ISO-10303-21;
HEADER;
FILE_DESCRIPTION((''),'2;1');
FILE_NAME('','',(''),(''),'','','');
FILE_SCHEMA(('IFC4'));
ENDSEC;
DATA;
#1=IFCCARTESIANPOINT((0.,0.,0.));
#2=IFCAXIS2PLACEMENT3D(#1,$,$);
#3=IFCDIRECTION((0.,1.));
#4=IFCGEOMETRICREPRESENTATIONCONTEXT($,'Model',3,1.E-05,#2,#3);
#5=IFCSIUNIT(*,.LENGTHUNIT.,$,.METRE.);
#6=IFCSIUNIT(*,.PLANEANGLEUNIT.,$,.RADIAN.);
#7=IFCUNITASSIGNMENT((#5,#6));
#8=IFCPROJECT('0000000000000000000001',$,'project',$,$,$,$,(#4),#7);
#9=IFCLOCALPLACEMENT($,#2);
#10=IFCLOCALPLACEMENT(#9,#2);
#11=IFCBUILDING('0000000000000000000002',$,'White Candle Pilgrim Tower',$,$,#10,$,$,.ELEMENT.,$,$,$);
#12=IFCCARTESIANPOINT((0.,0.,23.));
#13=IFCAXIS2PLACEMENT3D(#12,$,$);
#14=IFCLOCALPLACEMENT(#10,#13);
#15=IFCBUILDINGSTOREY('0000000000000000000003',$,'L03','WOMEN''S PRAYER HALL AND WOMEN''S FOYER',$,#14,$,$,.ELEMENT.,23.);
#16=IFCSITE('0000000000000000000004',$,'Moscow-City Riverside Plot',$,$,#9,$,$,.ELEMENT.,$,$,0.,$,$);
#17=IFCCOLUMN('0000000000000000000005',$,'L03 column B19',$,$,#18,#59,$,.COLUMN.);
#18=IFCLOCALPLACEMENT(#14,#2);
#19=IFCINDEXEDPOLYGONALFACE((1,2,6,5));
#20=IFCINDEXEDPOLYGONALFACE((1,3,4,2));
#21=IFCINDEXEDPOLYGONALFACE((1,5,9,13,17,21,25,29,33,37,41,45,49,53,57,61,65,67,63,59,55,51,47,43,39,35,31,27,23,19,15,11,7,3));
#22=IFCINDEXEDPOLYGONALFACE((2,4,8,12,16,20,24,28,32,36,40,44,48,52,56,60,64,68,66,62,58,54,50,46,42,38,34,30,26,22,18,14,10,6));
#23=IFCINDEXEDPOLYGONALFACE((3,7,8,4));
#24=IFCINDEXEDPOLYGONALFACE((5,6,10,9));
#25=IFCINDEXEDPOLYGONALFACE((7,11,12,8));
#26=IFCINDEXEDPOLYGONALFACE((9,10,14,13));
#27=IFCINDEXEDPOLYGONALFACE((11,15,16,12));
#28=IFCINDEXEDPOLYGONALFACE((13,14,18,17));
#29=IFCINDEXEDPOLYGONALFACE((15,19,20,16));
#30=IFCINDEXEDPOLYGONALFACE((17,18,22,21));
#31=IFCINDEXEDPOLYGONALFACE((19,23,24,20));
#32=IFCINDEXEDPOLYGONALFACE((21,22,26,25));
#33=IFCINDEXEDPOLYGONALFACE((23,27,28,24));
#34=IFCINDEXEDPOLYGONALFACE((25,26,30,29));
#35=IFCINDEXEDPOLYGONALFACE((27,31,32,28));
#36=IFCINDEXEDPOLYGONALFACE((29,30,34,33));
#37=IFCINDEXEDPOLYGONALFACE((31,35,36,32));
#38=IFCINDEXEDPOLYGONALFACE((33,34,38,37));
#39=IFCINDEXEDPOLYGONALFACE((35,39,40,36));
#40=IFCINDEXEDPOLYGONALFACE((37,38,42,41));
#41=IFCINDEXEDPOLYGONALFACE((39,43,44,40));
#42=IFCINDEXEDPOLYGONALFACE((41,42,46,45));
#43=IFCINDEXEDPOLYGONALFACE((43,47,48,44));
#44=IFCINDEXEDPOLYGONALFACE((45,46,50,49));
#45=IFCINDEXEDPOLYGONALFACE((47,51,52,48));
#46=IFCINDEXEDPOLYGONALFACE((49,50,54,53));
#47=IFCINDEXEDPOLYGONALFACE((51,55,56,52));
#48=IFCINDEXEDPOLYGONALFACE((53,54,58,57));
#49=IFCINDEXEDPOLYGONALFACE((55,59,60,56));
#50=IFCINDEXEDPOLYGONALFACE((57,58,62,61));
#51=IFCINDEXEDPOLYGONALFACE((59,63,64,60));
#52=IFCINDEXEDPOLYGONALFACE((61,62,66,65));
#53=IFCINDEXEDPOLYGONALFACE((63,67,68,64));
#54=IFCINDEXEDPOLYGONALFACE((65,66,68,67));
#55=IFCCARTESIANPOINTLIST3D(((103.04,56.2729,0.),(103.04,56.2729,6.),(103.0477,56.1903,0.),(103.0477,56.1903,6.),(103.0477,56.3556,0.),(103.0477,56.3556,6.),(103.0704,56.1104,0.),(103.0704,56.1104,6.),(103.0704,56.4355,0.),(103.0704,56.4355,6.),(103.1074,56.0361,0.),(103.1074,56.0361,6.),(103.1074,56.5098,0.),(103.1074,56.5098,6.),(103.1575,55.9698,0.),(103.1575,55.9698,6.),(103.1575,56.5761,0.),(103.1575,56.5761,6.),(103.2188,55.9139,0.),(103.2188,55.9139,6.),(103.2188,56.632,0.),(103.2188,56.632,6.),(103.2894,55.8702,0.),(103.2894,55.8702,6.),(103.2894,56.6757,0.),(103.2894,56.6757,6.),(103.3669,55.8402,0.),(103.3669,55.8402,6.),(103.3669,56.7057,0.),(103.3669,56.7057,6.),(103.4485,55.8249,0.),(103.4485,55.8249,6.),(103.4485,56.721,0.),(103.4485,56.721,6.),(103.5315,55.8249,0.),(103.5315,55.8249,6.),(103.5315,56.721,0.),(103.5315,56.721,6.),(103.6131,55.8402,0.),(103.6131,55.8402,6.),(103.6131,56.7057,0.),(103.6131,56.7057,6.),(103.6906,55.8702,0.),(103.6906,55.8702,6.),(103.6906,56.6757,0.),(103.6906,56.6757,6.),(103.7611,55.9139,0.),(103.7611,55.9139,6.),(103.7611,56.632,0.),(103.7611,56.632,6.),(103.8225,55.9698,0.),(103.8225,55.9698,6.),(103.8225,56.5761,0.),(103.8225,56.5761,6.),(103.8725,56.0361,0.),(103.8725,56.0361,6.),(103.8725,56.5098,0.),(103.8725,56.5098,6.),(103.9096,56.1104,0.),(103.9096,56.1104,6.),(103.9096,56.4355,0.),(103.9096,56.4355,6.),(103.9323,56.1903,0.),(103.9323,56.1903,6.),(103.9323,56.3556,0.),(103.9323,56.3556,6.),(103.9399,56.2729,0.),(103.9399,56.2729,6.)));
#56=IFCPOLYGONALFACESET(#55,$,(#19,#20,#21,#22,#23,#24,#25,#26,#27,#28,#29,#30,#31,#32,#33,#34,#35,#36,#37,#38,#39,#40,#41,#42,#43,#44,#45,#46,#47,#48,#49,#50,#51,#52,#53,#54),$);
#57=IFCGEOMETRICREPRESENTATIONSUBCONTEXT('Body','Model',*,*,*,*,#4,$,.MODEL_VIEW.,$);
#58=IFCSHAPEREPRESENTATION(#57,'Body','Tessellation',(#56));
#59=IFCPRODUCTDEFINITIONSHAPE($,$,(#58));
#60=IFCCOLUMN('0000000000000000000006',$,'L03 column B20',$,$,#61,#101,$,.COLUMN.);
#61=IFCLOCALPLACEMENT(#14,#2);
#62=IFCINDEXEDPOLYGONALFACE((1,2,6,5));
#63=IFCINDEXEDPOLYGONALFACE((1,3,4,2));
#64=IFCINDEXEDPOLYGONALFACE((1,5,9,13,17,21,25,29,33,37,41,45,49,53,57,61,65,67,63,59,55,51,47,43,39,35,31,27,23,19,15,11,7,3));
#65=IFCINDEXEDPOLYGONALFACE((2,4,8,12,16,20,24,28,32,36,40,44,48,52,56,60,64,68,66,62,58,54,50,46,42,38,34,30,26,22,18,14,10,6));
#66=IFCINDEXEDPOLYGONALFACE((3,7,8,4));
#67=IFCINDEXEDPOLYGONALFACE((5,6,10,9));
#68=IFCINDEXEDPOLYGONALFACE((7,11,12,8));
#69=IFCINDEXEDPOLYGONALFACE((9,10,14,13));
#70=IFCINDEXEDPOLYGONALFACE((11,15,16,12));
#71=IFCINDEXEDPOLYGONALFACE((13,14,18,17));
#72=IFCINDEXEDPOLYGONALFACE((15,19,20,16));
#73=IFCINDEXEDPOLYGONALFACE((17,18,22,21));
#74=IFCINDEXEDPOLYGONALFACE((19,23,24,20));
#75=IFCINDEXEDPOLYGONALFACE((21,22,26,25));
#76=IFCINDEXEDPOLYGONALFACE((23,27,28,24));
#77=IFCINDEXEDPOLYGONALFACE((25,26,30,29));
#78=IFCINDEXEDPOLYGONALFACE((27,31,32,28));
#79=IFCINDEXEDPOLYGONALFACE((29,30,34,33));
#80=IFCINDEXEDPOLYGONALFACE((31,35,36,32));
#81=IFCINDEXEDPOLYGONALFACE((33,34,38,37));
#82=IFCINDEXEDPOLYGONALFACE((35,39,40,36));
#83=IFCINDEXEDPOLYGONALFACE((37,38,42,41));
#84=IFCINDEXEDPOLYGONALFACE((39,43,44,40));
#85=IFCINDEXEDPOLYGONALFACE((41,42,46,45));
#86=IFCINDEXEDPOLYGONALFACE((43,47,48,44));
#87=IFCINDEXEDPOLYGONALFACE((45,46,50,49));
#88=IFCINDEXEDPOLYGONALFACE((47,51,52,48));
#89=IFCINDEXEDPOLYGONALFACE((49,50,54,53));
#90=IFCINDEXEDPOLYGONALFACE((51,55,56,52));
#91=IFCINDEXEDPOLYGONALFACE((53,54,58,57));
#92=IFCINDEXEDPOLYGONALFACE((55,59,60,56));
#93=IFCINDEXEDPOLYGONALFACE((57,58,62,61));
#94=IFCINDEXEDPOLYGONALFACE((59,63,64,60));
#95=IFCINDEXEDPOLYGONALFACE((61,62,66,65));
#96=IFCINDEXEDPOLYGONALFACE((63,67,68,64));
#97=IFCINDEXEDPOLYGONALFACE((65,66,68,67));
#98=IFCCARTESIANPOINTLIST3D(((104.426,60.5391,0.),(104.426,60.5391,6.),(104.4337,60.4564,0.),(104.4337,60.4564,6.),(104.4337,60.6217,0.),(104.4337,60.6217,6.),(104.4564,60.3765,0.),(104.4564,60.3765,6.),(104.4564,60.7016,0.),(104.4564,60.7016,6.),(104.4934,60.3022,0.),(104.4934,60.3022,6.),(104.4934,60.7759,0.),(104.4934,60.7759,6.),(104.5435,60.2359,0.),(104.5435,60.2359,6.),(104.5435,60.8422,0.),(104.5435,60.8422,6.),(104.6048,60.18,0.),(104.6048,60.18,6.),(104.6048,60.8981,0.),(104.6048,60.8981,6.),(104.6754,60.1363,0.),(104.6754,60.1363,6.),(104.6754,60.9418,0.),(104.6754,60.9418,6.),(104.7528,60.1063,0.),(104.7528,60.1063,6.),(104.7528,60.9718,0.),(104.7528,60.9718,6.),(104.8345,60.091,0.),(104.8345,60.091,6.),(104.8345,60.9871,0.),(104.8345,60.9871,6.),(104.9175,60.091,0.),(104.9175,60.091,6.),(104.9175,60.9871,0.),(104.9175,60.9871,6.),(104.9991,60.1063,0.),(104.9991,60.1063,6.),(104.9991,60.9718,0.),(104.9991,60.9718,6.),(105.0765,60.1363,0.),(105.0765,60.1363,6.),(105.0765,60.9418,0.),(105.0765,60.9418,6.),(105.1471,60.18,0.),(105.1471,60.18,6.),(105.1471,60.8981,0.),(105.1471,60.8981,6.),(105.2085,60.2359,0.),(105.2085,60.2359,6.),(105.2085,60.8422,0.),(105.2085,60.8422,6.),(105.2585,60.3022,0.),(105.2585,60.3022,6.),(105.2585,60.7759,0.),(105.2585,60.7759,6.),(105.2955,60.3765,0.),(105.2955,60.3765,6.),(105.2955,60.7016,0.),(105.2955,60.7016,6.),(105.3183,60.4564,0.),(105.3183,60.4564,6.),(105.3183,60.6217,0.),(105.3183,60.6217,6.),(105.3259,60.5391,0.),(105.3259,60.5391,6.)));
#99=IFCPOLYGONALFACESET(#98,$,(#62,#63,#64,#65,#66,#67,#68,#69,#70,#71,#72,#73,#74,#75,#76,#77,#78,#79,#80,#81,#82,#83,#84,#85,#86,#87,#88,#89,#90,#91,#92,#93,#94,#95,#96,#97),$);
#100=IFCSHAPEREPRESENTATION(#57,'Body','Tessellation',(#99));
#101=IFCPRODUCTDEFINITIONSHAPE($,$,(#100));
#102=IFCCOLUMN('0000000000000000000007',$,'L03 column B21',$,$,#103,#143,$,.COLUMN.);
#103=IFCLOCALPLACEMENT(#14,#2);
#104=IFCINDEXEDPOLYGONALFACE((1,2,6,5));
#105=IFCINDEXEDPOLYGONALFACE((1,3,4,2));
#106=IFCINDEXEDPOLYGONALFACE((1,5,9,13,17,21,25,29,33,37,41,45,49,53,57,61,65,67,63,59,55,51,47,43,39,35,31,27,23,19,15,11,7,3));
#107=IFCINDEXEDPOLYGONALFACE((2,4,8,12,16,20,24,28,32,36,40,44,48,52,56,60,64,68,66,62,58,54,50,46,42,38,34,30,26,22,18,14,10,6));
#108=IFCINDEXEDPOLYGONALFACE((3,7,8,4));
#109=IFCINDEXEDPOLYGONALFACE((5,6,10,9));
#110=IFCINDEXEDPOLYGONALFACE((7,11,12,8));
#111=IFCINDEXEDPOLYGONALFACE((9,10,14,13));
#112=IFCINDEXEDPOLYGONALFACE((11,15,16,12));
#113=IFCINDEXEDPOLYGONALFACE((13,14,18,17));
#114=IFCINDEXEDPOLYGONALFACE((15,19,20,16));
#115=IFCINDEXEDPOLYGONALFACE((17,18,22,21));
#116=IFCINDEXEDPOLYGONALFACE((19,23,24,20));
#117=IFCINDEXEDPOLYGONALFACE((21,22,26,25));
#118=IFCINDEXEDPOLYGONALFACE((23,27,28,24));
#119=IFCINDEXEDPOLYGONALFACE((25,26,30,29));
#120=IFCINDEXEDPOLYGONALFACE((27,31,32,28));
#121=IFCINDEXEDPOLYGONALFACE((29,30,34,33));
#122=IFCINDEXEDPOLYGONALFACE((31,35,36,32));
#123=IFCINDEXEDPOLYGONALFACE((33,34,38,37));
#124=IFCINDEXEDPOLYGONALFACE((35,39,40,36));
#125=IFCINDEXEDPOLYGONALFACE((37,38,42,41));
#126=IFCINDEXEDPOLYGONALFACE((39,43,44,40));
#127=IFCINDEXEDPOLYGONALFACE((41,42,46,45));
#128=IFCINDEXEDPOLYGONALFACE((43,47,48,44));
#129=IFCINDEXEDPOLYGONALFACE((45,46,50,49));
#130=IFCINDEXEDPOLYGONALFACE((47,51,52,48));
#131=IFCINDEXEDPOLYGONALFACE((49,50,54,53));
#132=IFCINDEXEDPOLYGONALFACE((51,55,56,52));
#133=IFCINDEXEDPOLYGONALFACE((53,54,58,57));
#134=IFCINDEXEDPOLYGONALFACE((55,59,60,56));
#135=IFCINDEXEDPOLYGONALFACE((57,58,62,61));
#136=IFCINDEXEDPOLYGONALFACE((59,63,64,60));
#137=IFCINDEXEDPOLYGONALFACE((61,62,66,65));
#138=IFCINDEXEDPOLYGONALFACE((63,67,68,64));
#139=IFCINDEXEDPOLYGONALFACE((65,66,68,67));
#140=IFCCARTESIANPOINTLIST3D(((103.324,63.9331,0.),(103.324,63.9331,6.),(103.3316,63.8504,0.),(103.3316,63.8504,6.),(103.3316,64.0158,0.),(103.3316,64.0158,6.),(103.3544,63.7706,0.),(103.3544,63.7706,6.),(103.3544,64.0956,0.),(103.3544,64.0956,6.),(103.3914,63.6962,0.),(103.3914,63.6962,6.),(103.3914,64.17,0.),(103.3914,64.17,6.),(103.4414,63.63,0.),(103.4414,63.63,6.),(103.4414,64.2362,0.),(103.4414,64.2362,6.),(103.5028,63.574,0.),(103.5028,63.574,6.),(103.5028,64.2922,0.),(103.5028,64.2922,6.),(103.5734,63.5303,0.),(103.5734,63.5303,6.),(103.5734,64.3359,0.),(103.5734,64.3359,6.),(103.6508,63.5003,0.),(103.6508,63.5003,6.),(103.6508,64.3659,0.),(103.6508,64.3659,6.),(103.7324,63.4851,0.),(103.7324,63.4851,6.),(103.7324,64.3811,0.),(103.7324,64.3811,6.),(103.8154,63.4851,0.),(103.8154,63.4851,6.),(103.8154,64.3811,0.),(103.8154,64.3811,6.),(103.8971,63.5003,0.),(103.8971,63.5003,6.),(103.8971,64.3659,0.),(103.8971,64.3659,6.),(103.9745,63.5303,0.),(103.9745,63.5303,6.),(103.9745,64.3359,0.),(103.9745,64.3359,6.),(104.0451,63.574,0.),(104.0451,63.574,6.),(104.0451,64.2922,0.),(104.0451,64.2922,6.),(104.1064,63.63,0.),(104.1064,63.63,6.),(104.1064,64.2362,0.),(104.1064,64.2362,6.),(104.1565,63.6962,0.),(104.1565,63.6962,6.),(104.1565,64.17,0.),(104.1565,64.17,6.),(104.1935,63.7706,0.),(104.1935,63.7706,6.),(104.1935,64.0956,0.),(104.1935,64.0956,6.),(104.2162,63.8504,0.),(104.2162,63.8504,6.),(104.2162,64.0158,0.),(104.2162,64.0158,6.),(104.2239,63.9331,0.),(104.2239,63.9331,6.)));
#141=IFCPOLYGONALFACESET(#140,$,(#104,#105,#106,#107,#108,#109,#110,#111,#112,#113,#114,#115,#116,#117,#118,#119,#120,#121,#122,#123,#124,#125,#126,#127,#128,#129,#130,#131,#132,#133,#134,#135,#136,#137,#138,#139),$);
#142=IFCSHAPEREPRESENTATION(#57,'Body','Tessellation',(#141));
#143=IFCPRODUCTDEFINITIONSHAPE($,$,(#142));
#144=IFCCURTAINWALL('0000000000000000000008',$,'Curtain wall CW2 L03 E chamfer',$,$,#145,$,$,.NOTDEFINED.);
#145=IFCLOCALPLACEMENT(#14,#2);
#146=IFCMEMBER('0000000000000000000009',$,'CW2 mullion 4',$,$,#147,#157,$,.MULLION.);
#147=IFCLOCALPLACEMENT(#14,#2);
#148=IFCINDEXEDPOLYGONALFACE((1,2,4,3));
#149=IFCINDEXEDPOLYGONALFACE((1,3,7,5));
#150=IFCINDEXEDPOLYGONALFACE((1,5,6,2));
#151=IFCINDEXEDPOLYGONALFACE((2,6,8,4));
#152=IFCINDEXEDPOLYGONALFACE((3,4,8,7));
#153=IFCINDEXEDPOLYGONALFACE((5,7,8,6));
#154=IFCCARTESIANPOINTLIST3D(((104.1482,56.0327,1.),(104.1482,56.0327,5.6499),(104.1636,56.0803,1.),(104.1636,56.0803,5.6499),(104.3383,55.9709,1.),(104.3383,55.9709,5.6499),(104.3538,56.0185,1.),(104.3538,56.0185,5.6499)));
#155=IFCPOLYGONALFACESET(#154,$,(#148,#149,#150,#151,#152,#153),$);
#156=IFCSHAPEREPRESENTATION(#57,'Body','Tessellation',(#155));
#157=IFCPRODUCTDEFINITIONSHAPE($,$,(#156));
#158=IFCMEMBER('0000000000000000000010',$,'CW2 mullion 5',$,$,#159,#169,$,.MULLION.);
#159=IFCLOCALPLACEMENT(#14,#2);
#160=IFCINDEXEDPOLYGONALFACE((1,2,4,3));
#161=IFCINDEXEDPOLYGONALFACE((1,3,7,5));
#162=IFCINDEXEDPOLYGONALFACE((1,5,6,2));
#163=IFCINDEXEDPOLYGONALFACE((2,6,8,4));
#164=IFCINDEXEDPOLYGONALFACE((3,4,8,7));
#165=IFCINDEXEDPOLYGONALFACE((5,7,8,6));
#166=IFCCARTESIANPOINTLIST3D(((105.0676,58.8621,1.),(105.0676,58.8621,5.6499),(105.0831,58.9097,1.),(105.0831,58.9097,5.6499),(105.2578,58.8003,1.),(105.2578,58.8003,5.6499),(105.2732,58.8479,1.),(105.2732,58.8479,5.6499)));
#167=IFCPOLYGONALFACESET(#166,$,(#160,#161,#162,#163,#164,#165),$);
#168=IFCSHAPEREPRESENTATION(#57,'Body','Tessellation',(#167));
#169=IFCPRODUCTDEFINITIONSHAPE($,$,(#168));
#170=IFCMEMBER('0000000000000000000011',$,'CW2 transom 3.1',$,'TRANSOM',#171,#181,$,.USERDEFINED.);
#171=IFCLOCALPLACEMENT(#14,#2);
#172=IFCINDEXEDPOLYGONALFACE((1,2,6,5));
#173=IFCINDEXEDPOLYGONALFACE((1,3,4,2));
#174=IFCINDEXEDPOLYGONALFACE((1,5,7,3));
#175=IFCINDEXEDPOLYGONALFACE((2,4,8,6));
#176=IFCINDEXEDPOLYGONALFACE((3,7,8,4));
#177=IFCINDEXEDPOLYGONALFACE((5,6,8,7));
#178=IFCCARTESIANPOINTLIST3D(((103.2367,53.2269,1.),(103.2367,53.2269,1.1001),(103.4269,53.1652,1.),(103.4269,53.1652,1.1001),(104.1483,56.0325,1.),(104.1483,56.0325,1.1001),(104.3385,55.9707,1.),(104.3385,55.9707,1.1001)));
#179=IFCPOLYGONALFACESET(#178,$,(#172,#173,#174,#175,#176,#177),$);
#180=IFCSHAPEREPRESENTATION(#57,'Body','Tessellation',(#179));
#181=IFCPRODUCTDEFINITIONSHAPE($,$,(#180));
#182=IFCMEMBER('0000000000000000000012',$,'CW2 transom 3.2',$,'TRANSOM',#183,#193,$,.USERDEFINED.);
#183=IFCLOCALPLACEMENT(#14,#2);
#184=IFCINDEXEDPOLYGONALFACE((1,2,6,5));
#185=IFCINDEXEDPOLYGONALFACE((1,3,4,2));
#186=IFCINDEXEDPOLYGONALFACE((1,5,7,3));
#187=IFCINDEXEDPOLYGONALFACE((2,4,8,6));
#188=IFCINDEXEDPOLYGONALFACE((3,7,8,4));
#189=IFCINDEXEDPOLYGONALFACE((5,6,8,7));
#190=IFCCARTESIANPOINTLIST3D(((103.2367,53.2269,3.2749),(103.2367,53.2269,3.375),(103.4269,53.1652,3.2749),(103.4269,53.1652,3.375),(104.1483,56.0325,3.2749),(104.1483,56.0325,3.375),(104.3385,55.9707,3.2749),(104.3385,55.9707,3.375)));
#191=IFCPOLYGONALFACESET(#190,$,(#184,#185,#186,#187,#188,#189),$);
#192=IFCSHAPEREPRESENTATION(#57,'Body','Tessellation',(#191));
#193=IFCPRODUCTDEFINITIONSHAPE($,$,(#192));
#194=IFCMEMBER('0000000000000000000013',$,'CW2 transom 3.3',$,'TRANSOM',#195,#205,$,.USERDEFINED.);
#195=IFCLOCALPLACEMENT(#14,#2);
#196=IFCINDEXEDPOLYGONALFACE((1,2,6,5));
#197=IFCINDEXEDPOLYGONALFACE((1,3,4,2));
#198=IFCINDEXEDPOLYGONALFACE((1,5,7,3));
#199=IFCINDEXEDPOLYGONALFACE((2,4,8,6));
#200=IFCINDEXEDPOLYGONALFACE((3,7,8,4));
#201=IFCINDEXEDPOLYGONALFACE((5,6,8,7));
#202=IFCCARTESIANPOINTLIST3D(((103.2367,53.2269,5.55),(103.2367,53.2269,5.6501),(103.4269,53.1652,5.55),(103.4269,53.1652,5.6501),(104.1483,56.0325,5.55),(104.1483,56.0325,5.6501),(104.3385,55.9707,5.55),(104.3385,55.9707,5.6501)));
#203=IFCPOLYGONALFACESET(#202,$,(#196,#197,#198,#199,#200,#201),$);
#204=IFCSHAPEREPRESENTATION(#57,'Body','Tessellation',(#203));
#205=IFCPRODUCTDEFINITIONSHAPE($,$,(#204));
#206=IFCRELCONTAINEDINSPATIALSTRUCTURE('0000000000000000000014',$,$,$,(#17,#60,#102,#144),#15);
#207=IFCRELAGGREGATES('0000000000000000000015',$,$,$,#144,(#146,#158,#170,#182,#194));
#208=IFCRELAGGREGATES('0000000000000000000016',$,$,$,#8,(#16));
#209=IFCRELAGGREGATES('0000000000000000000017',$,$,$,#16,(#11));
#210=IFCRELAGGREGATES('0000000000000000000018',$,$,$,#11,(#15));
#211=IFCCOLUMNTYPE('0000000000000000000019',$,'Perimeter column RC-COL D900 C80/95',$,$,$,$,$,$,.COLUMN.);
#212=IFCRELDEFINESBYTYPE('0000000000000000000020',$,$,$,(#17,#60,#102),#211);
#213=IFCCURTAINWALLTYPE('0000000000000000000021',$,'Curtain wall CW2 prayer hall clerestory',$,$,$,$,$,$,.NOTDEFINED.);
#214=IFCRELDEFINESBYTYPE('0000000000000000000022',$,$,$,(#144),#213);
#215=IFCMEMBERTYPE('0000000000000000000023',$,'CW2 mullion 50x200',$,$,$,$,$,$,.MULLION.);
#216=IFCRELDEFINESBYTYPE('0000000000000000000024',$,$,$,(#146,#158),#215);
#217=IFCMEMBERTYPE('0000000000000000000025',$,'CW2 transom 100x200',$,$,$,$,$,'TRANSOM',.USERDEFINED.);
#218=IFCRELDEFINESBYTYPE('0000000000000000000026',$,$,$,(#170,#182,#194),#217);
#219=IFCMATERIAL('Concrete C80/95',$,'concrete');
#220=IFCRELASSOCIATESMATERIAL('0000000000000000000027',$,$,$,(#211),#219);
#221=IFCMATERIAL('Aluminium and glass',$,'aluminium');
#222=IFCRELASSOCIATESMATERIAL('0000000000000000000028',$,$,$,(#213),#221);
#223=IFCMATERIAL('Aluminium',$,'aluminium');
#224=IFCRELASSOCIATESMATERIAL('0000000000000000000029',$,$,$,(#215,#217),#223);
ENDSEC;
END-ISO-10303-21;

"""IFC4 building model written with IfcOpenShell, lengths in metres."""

from ifc_helpers import new_model, si_unit, direction, frame, origin, origin_2d, place, context, subcontext, project, spatial, rectangle, circle, extrude, material, material_profile, profile_set, type_object, element, aggregate, save


model = new_model("IFC4")

# Units and contexts
model_context = context("Model", 3, precision=1e-05, world=origin(), true_north=direction((0.0, 1.0)))
body_context = subcontext(model_context, "Body", "Model", "MODEL_VIEW")
ifc_project = project(units=[si_unit("LENGTHUNIT", "METRE"), si_unit("PLANEANGLEUNIT", "RADIAN")], contexts=[model_context])

# Site, building, storey
site_placement = place(None, origin())
site = spatial("IfcSite", under=ifc_project, at=site_placement, Name="Moscow-City Riverside Plot", CompositionType="ELEMENT", RefElevation=0.0)
building_placement = place(site_placement, origin())
building = spatial("IfcBuilding", under=site, at=building_placement, Name="White Candle Pilgrim Tower", CompositionType="ELEMENT")
storey_placement = place(building_placement, frame((0.0, 0.0, 23.0)))
storey = spatial("IfcBuildingStorey", under=building, at=storey_placement, Name="L03", Description="WOMEN'S PRAYER HALL AND WOMEN'S FOYER", CompositionType="ELEMENT", Elevation=23.0)

# Columns
ifc_material_1 = material(Name="Concrete C80/95", Category="concrete")
ifc_material_profile_1 = material_profile(ifc_material_1, circle(Radius=0.45, at=origin_2d()), Name="RC-COL D900")
ifc_profile_set_1 = profile_set([ifc_material_profile_1], Name="Concrete C80/95")
column_type = type_object("IfcColumnType", Name="Perimeter column RC-COL D900 C80/95", PredefinedType="COLUMN", material=ifc_profile_set_1)
for number, where, z_axis, x_axis, name in (
    (1, (103.49, 56.2729, 0.0), (0.0, 0.0, 1.0), (1.0, 0.0, 0.0), "L03 column B19"),
    (2, (104.876, 60.5391, 0.0), (0.0, 0.0, 1.0), (1.0, 0.0, 0.0), "L03 column B20"),
    (3, (103.7739, 63.9331, 0.0), (0.0, 0.0, 1.0), (1.0, 0.0, 0.0), "L03 column B21"),
):
    element("IfcColumn", number, at=place(storey_placement, frame(where, z_axis=z_axis, x_axis=x_axis)), inside=storey, type_object=column_type, Name=name, PredefinedType="COLUMN", context=body_context, shape_type="SweptSolid", body=[
        extrude(circle(Radius=0.45, at=origin_2d()), origin(), (0.0, 0.0, 1.0), 6.0),
    ])

# Curtain wall, members
ifc_material_2 = material(Name="Aluminium and glass", Category="aluminium")
curtain_wall_type = type_object("IfcCurtainWallType", Name="Curtain wall CW2 prayer hall clerestory", PredefinedType="NOTDEFINED", material=ifc_material_2)
curtain_wall_placement = place(storey_placement, origin())
curtain_wall = element("IfcCurtainWall", 4, at=curtain_wall_placement, inside=storey, type_object=curtain_wall_type, Name="Curtain wall CW2 L03 E chamfer", PredefinedType="NOTDEFINED")
ifc_material_3 = material(Name="Aluminium", Category="aluminium")
ifc_material_profile_2 = material_profile(ifc_material_3, rectangle(XDim=0.2, YDim=0.05, at=origin_2d()), Name="CW2 mullion 50x200")
ifc_profile_set_2 = profile_set([ifc_material_profile_2], Name="Aluminium")
member_type_1 = type_object("IfcMemberType", Name="CW2 mullion 50x200", PredefinedType="MULLION", material=ifc_profile_set_2)
member_1_placement = place(storey_placement, frame((104.251, 56.0256, 1.0), z_axis=(0.0, 0.0, 1.0), x_axis=(-0.951057, 0.309017, 0.0)))
member_1 = element("IfcMember", 5, at=member_1_placement, type_object=member_type_1, Name="CW2 mullion 4", PredefinedType="MULLION", context=body_context, shape_type="SweptSolid", body=[
    extrude(rectangle(XDim=0.2, YDim=0.05, at=origin_2d()), origin(), (0.0, 0.0, 1.0), 4.6499),
])
member_2_placement = place(storey_placement, frame((105.1704, 58.855, 1.0), z_axis=(0.0, 0.0, 1.0), x_axis=(-0.951057, 0.309017, 0.0)))
member_2 = element("IfcMember", 6, at=member_2_placement, type_object=member_type_1, Name="CW2 mullion 5", PredefinedType="MULLION", context=body_context, shape_type="SweptSolid", body=[
    extrude(rectangle(XDim=0.2, YDim=0.05, at=origin_2d()), origin(), (0.0, 0.0, 1.0), 4.6499),
])
ifc_material_profile_3 = material_profile(ifc_material_3, rectangle(XDim=0.2, YDim=0.1001, at=origin_2d()), Name="CW2 transom 100x200")
ifc_profile_set_3 = profile_set([ifc_material_profile_3], Name="Aluminium")
member_type_2 = type_object("IfcMemberType", Name="CW2 transom 100x200", ElementType="TRANSOM", PredefinedType="USERDEFINED", material=ifc_profile_set_3)
member_3_placement = place(storey_placement, frame((103.3318, 53.196, 1.05), z_axis=(0.309019, 0.951056, 0.0), x_axis=(-0.951056, 0.309019, 0.0)))
member_3 = element("IfcMember", 7, at=member_3_placement, type_object=member_type_2, Name="CW2 transom 3.1", ObjectType="TRANSOM", PredefinedType="USERDEFINED", context=body_context, shape_type="SweptSolid", body=[
    extrude(rectangle(XDim=0.2, YDim=0.1001, at=origin_2d()), origin(), (0.0, 0.0, 1.0), 2.95),
])
member_4_placement = place(storey_placement, frame((103.3318, 53.196, 3.325), z_axis=(0.309019, 0.951056, 0.0), x_axis=(-0.951056, 0.309019, 0.0)))
member_4 = element("IfcMember", 8, at=member_4_placement, type_object=member_type_2, Name="CW2 transom 3.2", ObjectType="TRANSOM", PredefinedType="USERDEFINED", context=body_context, shape_type="SweptSolid", body=[
    extrude(rectangle(XDim=0.2, YDim=0.1001, at=origin_2d()), origin(), (0.0, 0.0, 1.0), 2.95),
])
member_5_placement = place(storey_placement, frame((103.3318, 53.196, 5.6001), z_axis=(0.309019, 0.951056, 0.0), x_axis=(-0.951056, 0.309019, 0.0)))
member_5 = element("IfcMember", 9, at=member_5_placement, type_object=member_type_2, Name="CW2 transom 3.3", ObjectType="TRANSOM", PredefinedType="USERDEFINED", context=body_context, shape_type="SweptSolid", body=[
    extrude(rectangle(XDim=0.2, YDim=0.1001, at=origin_2d()), origin(), (0.0, 0.0, 1.0), 2.95),
])

aggregate(curtain_wall, [member_1, member_2, member_3, member_4, member_5])

save(model, "model.ifc")
